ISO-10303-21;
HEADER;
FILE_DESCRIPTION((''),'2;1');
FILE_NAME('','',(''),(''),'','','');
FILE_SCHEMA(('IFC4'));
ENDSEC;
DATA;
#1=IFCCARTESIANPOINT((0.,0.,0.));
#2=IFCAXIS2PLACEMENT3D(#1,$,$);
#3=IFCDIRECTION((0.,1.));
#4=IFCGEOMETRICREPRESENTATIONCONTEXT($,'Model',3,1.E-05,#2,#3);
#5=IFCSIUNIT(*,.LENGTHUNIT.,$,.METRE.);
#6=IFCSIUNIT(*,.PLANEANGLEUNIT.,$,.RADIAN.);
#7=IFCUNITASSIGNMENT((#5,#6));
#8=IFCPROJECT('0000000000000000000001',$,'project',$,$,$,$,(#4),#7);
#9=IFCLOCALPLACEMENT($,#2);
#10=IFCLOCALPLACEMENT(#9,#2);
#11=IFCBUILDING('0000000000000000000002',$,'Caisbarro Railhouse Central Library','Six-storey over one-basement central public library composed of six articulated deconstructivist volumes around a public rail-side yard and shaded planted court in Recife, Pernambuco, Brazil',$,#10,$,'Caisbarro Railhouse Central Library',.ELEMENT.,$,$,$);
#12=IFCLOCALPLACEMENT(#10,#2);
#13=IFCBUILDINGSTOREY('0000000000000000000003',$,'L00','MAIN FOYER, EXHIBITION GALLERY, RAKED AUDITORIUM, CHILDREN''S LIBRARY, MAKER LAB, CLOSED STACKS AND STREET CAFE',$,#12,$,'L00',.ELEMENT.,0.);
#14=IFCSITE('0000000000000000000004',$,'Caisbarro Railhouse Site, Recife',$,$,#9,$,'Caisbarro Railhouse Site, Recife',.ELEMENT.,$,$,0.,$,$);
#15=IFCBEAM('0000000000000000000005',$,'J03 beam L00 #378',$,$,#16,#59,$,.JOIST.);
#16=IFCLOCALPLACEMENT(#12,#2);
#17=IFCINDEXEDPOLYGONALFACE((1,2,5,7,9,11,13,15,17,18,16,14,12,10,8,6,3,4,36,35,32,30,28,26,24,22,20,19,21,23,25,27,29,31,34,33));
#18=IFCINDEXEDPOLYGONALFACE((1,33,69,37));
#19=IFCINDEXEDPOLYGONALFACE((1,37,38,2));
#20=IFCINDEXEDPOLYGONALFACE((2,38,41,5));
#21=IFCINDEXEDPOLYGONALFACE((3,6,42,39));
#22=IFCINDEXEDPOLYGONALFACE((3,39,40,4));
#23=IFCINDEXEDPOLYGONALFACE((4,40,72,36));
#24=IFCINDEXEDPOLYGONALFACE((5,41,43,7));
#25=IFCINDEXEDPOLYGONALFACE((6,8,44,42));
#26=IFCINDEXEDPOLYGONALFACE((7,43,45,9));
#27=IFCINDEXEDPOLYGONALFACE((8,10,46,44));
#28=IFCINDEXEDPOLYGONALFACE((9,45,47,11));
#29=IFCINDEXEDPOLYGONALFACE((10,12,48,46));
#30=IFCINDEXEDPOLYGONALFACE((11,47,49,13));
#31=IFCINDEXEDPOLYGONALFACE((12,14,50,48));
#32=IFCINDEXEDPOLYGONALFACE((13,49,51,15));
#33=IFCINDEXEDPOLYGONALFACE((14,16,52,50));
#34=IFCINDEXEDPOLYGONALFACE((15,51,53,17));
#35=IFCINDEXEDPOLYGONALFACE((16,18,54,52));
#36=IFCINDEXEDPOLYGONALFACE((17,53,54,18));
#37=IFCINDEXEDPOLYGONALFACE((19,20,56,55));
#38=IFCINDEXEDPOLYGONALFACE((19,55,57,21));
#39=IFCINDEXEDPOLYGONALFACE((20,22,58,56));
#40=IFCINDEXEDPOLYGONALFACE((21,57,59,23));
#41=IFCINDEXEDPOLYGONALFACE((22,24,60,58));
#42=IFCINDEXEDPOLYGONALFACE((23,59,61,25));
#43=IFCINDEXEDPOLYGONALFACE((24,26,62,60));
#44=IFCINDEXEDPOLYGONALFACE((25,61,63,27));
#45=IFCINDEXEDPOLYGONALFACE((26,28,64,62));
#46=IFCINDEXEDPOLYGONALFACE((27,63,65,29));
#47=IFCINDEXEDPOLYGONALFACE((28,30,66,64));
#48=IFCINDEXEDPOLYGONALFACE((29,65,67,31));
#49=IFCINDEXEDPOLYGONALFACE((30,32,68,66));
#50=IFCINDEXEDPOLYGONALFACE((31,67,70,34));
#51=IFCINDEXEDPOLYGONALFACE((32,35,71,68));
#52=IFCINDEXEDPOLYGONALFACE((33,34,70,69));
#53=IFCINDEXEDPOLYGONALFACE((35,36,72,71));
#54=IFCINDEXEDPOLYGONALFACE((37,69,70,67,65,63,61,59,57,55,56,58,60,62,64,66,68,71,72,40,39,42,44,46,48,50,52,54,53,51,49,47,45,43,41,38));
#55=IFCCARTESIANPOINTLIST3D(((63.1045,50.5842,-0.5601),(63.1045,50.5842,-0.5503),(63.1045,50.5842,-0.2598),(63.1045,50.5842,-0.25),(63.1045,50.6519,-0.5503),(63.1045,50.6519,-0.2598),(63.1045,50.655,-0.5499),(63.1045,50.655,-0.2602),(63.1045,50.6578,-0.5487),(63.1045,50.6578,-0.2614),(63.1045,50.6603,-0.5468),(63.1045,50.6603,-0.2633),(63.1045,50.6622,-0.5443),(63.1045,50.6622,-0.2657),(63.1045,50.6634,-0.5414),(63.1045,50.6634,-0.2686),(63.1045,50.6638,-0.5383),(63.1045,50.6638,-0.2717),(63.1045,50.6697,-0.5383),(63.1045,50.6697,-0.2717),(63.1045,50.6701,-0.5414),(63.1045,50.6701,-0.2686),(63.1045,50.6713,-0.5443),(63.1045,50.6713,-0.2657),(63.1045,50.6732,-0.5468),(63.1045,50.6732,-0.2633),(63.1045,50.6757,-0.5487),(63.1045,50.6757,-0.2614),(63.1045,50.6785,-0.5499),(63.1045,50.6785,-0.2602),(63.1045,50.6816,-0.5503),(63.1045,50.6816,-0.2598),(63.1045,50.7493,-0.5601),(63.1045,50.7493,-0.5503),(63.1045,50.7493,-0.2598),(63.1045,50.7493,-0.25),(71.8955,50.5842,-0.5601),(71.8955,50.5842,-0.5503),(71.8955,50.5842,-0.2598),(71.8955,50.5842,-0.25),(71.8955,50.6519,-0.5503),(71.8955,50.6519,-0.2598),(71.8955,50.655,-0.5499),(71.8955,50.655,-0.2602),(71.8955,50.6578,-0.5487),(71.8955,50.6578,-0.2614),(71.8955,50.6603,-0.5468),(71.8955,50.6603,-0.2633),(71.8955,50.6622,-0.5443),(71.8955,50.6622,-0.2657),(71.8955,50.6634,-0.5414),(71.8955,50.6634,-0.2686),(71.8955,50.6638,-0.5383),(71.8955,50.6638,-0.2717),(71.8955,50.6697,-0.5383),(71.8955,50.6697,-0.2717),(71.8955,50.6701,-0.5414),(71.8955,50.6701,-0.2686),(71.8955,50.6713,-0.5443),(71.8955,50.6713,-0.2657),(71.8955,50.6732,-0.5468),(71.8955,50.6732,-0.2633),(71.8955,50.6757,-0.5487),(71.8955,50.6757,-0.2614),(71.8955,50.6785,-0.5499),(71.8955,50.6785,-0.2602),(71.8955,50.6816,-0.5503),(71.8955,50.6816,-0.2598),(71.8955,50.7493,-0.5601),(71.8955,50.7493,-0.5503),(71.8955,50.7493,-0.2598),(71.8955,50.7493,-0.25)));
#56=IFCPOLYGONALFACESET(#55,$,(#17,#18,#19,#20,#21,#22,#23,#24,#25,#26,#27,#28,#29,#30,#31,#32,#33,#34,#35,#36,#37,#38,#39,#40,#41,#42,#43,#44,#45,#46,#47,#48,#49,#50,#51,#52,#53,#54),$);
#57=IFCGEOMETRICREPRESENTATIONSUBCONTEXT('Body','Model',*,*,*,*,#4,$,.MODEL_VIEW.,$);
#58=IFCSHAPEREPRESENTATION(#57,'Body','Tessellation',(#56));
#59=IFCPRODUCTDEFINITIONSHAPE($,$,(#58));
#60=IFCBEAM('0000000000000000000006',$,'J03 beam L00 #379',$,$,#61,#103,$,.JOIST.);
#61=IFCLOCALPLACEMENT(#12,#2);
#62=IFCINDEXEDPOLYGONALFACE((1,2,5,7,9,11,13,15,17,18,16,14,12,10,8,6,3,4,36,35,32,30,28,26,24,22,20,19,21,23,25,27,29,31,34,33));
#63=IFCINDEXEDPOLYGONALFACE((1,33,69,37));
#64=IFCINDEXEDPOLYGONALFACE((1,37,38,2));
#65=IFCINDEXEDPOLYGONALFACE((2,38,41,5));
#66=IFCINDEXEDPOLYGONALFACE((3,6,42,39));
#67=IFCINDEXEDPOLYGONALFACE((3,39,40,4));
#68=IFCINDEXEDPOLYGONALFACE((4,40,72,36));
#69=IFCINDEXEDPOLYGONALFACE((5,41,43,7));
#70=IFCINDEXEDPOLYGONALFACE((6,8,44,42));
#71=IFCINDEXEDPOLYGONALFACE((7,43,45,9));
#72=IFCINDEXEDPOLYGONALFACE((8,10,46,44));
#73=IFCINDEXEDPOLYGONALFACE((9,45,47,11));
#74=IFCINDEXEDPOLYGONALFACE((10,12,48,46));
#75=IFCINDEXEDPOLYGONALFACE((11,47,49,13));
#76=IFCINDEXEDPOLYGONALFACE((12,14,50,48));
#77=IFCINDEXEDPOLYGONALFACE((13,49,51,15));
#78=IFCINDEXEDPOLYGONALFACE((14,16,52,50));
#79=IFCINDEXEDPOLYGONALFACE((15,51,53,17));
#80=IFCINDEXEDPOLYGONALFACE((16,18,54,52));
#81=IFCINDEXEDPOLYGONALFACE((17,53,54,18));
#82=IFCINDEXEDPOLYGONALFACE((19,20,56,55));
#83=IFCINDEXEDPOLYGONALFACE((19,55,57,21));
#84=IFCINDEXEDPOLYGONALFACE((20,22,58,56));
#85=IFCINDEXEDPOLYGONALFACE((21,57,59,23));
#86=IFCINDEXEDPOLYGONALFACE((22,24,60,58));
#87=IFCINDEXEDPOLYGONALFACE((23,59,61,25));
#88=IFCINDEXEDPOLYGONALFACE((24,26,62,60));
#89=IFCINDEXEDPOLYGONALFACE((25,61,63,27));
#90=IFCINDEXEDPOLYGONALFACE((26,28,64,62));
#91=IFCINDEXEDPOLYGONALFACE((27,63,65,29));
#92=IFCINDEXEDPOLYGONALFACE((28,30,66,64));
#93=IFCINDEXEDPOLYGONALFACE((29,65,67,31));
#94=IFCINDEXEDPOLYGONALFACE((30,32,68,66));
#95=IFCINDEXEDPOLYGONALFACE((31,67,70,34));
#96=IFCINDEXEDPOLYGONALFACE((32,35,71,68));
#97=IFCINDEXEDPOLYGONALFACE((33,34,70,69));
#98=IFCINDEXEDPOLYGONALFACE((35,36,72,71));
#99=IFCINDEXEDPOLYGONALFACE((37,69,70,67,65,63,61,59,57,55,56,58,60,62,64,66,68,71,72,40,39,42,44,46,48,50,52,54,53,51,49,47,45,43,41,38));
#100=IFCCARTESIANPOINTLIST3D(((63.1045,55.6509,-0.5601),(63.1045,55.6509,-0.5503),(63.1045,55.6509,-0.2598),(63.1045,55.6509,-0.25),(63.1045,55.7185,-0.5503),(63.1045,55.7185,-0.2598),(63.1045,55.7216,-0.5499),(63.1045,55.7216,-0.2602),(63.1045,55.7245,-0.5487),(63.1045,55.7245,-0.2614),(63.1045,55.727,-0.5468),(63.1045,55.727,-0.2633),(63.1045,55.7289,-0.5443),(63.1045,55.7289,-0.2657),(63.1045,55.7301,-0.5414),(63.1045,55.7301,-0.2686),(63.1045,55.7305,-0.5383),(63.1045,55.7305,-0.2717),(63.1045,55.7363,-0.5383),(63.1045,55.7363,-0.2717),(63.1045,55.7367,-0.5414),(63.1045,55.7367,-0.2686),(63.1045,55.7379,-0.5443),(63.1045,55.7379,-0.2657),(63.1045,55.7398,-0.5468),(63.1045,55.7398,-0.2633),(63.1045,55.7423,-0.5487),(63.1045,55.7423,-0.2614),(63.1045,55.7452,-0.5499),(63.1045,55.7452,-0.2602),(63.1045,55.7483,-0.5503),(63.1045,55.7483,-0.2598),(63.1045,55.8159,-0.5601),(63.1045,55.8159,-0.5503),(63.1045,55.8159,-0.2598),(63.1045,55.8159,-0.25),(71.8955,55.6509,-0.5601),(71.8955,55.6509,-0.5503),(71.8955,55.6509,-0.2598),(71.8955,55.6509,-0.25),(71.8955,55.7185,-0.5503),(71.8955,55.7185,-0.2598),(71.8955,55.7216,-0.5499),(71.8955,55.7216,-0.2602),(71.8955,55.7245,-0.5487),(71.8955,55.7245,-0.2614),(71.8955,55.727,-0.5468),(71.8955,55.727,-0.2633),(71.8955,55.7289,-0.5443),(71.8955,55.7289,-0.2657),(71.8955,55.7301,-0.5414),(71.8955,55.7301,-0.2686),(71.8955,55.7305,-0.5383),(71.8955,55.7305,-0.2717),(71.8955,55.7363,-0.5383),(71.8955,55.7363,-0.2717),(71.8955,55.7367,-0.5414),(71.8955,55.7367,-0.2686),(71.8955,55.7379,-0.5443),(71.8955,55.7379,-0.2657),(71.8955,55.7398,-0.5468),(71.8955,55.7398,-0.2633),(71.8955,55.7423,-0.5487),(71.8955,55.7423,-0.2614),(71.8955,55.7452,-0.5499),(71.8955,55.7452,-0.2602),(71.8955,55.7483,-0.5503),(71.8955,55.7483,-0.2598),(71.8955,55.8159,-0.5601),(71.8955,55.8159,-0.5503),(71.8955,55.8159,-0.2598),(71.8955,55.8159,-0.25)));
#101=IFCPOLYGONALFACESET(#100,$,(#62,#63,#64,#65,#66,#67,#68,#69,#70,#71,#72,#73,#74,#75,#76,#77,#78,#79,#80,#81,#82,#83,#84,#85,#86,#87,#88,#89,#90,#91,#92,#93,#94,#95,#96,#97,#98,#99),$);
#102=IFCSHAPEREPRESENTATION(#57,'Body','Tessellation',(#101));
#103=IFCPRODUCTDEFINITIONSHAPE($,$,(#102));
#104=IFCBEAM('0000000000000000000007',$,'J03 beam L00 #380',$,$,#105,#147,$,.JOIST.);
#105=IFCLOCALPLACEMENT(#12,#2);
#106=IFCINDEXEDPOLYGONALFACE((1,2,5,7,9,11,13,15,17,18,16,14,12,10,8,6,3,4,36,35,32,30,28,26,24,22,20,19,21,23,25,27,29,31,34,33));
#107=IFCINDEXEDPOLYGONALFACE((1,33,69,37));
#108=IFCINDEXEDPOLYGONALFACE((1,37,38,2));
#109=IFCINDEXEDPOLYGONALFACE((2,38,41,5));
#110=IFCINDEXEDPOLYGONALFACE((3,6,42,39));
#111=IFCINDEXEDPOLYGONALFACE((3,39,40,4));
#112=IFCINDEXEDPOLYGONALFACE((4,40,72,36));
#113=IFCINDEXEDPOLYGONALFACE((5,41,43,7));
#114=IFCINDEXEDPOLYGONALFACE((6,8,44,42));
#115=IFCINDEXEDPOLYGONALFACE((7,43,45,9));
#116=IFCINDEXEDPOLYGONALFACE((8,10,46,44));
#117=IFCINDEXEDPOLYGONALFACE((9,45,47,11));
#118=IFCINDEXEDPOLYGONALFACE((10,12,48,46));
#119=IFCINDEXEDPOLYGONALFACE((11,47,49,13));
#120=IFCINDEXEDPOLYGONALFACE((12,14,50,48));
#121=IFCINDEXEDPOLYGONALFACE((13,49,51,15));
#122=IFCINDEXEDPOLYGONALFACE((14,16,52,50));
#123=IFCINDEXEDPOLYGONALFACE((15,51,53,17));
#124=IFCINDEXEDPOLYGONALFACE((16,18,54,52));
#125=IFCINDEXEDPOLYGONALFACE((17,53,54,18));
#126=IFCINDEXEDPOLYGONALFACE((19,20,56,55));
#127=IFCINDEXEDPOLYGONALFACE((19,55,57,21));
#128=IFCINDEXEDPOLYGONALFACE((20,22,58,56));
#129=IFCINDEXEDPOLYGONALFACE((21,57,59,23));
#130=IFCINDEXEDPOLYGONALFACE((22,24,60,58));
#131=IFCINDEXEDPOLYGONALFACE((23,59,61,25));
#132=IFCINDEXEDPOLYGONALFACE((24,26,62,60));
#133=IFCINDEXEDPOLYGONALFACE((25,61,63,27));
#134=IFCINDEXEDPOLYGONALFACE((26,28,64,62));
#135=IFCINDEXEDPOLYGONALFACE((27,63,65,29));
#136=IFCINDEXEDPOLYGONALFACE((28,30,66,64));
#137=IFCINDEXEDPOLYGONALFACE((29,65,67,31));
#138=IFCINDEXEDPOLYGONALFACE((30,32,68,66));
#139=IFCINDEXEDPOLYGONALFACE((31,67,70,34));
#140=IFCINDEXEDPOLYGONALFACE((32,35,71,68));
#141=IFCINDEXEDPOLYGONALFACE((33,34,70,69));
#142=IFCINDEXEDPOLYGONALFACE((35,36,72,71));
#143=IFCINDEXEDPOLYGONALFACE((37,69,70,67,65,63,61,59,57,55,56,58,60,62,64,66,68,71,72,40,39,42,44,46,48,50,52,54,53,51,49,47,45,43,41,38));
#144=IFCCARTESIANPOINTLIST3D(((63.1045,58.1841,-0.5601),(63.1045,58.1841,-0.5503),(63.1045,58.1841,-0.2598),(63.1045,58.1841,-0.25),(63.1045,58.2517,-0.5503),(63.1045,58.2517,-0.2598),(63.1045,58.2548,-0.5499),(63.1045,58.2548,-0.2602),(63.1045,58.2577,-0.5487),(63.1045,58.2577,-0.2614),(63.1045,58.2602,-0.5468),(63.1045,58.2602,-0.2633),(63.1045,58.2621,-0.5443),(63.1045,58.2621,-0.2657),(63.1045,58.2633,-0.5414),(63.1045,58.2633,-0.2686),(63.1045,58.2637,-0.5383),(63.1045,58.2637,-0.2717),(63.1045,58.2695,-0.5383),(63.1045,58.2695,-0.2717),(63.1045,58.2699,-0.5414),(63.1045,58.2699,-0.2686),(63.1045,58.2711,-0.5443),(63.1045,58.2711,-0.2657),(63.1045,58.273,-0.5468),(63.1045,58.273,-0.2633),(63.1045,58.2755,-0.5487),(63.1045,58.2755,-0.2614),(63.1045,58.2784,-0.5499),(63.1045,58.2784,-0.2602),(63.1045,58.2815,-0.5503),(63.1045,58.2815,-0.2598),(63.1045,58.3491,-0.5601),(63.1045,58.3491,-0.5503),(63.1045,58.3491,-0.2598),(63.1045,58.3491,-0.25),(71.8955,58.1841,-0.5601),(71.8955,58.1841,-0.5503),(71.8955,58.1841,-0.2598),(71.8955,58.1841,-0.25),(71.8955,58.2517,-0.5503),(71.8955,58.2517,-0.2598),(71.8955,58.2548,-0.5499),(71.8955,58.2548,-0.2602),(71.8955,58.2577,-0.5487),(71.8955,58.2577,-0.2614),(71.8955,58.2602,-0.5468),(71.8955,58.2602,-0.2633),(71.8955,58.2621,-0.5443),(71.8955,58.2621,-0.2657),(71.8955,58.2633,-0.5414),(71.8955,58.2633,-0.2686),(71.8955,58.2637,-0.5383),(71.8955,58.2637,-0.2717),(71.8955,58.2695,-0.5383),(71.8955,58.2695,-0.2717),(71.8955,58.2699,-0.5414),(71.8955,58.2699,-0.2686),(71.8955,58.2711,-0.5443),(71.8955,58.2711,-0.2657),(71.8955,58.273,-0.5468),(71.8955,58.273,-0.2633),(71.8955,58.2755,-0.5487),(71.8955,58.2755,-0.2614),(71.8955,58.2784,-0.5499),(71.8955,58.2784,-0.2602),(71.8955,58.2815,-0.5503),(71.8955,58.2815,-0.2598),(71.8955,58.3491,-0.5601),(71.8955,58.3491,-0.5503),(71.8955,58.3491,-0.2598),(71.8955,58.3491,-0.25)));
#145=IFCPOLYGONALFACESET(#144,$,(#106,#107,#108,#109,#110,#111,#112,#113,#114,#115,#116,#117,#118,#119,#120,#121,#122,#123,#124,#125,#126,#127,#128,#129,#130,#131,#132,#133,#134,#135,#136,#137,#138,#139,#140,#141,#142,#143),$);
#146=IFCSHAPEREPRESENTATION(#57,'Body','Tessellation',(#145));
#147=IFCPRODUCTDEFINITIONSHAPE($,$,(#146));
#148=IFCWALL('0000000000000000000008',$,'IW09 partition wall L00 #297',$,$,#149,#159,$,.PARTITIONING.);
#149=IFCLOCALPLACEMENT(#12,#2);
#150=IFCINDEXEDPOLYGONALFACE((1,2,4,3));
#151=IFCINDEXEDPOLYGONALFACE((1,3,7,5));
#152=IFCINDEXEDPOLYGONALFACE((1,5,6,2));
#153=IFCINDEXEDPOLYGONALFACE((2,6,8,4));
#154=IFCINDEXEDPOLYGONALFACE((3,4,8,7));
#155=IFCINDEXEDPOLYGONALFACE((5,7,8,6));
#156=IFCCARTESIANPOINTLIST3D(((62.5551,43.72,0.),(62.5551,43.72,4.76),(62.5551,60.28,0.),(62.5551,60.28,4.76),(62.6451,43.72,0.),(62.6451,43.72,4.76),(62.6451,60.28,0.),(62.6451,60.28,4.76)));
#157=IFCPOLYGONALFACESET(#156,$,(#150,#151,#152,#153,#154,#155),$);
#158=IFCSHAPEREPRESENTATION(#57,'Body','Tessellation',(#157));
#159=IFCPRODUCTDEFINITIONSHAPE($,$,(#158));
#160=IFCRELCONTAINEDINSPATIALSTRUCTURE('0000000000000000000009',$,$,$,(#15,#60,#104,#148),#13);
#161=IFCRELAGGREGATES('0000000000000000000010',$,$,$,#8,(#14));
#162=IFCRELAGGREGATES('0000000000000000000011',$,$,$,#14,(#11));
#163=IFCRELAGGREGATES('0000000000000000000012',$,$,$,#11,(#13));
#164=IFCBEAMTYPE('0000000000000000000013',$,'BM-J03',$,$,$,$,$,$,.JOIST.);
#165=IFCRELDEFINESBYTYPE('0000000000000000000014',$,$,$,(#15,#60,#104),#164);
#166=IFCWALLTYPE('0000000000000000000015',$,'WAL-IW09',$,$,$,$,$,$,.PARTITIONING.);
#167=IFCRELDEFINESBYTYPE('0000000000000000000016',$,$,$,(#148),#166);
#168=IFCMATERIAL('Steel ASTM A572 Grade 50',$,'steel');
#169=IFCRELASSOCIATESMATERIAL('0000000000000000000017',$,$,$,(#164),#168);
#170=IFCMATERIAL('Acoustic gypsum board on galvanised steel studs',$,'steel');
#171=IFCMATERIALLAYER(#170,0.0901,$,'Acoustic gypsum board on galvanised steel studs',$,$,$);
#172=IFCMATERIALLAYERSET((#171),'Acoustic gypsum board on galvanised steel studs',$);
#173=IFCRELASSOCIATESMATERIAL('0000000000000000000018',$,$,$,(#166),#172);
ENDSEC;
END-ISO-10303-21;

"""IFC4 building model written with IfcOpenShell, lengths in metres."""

from ifc_helpers import new_model, si_unit, direction, frame, frame_2d, origin, origin_2d, place, context, subcontext, project, spatial, rectangle, i_section, extrude, material, layer, layer_set, material_profile, profile_set, type_object, element, save


model = new_model("IFC4")

# Units and contexts
model_context = context("Model", 3, precision=1e-05, world=origin(), true_north=direction((0.0, 1.0)))
body_context = subcontext(model_context, "Body", "Model", "MODEL_VIEW")
ifc_project = project(units=[si_unit("LENGTHUNIT", "METRE"), si_unit("PLANEANGLEUNIT", "RADIAN")], contexts=[model_context])

# Site, building, storey
site_placement = place(None, origin())
site = spatial("IfcSite", under=ifc_project, at=site_placement, Name="Caisbarro Railhouse Site, Recife", LongName="Caisbarro Railhouse Site, Recife", CompositionType="ELEMENT", RefElevation=0.0)
building_placement = place(site_placement, origin())
building = spatial("IfcBuilding", under=site, at=building_placement, Name="Caisbarro Railhouse Central Library", Description="Six-storey over one-basement central public library composed of six articulated deconstructivist volumes around a public rail-side yard and shaded planted court in Recife, Pernambuco, Brazil", LongName="Caisbarro Railhouse Central Library", CompositionType="ELEMENT")
storey_placement = place(building_placement, origin())
storey = spatial("IfcBuildingStorey", under=building, at=storey_placement, Name="L00", Description="MAIN FOYER, EXHIBITION GALLERY, RAKED AUDITORIUM, CHILDREN'S LIBRARY, MAKER LAB, CLOSED STACKS AND STREET CAFE", LongName="L00", CompositionType="ELEMENT", Elevation=0.0)

# Shared definitions
ifc_material_1 = material(Name="Steel ASTM A572 Grade 50", Category="steel")

# Beams
ifc_material_profile_1 = material_profile(ifc_material_1, i_section(OverallWidth=0.165, OverallDepth=0.3101, WebThickness=0.0059, FlangeThickness=0.0098, FilletRadius=0.012, at=origin_2d()), Name="W310X38.7")
ifc_profile_set_1 = profile_set([ifc_material_profile_1], Name="Steel ASTM A572 Grade 50")
beam_type_1 = type_object("IfcBeamType", Name="BM-J03", PredefinedType="JOIST", material=ifc_profile_set_1)
for number, where, z_axis, x_axis, name in (
    (1, (63.1045, 50.6667, -0.405), (1.0, 0.0, 0.0), (0.0, 1.0, 0.0), "J03 beam L00 #378"),
    (2, (63.1045, 55.7334, -0.405), (1.0, 0.0, 0.0), (0.0, 1.0, 0.0), "J03 beam L00 #379"),
    (3, (63.1045, 58.2666, -0.405), (1.0, 0.0, 0.0), (0.0, 1.0, 0.0), "J03 beam L00 #380"),
):
    element("IfcBeam", number, at=place(storey_placement, frame(where, z_axis=z_axis, x_axis=x_axis)), inside=storey, type_object=beam_type_1, Name=name, PredefinedType="JOIST", context=body_context, shape_type="SweptSolid", body=[
        extrude(i_section(OverallWidth=0.165, OverallDepth=0.3101, WebThickness=0.0059, FlangeThickness=0.0098, FilletRadius=0.012, at=origin_2d()), origin(), (0.0, 0.0, 1.0), 8.791),
    ])

# Wall
ifc_material_2 = material(Name="Acoustic gypsum board on galvanised steel studs", Category="steel")
ifc_layer = layer(ifc_material_2, 0.0901, Name="Acoustic gypsum board on galvanised steel studs")
ifc_layer_set = layer_set([ifc_layer], Name="Acoustic gypsum board on galvanised steel studs")
wall_type = type_object("IfcWallType", Name="WAL-IW09", PredefinedType="PARTITIONING", material=ifc_layer_set)
wall_placement = place(storey_placement, frame((62.6001, 43.72, 0.0), z_axis=(0.0, 0.0, 1.0), x_axis=(0.0, 1.0, 0.0)))
element("IfcWall", 4, at=wall_placement, inside=storey, type_object=wall_type, Name="IW09 partition wall L00 #297", PredefinedType="PARTITIONING", context=body_context, shape_type="SweptSolid", body=[
    extrude(rectangle(XDim=16.5601, YDim=0.0901, at=frame_2d((8.28, 0.0))), origin(), (0.0, 0.0, 1.0), 4.76),
])

save(model, "model.ifc")
